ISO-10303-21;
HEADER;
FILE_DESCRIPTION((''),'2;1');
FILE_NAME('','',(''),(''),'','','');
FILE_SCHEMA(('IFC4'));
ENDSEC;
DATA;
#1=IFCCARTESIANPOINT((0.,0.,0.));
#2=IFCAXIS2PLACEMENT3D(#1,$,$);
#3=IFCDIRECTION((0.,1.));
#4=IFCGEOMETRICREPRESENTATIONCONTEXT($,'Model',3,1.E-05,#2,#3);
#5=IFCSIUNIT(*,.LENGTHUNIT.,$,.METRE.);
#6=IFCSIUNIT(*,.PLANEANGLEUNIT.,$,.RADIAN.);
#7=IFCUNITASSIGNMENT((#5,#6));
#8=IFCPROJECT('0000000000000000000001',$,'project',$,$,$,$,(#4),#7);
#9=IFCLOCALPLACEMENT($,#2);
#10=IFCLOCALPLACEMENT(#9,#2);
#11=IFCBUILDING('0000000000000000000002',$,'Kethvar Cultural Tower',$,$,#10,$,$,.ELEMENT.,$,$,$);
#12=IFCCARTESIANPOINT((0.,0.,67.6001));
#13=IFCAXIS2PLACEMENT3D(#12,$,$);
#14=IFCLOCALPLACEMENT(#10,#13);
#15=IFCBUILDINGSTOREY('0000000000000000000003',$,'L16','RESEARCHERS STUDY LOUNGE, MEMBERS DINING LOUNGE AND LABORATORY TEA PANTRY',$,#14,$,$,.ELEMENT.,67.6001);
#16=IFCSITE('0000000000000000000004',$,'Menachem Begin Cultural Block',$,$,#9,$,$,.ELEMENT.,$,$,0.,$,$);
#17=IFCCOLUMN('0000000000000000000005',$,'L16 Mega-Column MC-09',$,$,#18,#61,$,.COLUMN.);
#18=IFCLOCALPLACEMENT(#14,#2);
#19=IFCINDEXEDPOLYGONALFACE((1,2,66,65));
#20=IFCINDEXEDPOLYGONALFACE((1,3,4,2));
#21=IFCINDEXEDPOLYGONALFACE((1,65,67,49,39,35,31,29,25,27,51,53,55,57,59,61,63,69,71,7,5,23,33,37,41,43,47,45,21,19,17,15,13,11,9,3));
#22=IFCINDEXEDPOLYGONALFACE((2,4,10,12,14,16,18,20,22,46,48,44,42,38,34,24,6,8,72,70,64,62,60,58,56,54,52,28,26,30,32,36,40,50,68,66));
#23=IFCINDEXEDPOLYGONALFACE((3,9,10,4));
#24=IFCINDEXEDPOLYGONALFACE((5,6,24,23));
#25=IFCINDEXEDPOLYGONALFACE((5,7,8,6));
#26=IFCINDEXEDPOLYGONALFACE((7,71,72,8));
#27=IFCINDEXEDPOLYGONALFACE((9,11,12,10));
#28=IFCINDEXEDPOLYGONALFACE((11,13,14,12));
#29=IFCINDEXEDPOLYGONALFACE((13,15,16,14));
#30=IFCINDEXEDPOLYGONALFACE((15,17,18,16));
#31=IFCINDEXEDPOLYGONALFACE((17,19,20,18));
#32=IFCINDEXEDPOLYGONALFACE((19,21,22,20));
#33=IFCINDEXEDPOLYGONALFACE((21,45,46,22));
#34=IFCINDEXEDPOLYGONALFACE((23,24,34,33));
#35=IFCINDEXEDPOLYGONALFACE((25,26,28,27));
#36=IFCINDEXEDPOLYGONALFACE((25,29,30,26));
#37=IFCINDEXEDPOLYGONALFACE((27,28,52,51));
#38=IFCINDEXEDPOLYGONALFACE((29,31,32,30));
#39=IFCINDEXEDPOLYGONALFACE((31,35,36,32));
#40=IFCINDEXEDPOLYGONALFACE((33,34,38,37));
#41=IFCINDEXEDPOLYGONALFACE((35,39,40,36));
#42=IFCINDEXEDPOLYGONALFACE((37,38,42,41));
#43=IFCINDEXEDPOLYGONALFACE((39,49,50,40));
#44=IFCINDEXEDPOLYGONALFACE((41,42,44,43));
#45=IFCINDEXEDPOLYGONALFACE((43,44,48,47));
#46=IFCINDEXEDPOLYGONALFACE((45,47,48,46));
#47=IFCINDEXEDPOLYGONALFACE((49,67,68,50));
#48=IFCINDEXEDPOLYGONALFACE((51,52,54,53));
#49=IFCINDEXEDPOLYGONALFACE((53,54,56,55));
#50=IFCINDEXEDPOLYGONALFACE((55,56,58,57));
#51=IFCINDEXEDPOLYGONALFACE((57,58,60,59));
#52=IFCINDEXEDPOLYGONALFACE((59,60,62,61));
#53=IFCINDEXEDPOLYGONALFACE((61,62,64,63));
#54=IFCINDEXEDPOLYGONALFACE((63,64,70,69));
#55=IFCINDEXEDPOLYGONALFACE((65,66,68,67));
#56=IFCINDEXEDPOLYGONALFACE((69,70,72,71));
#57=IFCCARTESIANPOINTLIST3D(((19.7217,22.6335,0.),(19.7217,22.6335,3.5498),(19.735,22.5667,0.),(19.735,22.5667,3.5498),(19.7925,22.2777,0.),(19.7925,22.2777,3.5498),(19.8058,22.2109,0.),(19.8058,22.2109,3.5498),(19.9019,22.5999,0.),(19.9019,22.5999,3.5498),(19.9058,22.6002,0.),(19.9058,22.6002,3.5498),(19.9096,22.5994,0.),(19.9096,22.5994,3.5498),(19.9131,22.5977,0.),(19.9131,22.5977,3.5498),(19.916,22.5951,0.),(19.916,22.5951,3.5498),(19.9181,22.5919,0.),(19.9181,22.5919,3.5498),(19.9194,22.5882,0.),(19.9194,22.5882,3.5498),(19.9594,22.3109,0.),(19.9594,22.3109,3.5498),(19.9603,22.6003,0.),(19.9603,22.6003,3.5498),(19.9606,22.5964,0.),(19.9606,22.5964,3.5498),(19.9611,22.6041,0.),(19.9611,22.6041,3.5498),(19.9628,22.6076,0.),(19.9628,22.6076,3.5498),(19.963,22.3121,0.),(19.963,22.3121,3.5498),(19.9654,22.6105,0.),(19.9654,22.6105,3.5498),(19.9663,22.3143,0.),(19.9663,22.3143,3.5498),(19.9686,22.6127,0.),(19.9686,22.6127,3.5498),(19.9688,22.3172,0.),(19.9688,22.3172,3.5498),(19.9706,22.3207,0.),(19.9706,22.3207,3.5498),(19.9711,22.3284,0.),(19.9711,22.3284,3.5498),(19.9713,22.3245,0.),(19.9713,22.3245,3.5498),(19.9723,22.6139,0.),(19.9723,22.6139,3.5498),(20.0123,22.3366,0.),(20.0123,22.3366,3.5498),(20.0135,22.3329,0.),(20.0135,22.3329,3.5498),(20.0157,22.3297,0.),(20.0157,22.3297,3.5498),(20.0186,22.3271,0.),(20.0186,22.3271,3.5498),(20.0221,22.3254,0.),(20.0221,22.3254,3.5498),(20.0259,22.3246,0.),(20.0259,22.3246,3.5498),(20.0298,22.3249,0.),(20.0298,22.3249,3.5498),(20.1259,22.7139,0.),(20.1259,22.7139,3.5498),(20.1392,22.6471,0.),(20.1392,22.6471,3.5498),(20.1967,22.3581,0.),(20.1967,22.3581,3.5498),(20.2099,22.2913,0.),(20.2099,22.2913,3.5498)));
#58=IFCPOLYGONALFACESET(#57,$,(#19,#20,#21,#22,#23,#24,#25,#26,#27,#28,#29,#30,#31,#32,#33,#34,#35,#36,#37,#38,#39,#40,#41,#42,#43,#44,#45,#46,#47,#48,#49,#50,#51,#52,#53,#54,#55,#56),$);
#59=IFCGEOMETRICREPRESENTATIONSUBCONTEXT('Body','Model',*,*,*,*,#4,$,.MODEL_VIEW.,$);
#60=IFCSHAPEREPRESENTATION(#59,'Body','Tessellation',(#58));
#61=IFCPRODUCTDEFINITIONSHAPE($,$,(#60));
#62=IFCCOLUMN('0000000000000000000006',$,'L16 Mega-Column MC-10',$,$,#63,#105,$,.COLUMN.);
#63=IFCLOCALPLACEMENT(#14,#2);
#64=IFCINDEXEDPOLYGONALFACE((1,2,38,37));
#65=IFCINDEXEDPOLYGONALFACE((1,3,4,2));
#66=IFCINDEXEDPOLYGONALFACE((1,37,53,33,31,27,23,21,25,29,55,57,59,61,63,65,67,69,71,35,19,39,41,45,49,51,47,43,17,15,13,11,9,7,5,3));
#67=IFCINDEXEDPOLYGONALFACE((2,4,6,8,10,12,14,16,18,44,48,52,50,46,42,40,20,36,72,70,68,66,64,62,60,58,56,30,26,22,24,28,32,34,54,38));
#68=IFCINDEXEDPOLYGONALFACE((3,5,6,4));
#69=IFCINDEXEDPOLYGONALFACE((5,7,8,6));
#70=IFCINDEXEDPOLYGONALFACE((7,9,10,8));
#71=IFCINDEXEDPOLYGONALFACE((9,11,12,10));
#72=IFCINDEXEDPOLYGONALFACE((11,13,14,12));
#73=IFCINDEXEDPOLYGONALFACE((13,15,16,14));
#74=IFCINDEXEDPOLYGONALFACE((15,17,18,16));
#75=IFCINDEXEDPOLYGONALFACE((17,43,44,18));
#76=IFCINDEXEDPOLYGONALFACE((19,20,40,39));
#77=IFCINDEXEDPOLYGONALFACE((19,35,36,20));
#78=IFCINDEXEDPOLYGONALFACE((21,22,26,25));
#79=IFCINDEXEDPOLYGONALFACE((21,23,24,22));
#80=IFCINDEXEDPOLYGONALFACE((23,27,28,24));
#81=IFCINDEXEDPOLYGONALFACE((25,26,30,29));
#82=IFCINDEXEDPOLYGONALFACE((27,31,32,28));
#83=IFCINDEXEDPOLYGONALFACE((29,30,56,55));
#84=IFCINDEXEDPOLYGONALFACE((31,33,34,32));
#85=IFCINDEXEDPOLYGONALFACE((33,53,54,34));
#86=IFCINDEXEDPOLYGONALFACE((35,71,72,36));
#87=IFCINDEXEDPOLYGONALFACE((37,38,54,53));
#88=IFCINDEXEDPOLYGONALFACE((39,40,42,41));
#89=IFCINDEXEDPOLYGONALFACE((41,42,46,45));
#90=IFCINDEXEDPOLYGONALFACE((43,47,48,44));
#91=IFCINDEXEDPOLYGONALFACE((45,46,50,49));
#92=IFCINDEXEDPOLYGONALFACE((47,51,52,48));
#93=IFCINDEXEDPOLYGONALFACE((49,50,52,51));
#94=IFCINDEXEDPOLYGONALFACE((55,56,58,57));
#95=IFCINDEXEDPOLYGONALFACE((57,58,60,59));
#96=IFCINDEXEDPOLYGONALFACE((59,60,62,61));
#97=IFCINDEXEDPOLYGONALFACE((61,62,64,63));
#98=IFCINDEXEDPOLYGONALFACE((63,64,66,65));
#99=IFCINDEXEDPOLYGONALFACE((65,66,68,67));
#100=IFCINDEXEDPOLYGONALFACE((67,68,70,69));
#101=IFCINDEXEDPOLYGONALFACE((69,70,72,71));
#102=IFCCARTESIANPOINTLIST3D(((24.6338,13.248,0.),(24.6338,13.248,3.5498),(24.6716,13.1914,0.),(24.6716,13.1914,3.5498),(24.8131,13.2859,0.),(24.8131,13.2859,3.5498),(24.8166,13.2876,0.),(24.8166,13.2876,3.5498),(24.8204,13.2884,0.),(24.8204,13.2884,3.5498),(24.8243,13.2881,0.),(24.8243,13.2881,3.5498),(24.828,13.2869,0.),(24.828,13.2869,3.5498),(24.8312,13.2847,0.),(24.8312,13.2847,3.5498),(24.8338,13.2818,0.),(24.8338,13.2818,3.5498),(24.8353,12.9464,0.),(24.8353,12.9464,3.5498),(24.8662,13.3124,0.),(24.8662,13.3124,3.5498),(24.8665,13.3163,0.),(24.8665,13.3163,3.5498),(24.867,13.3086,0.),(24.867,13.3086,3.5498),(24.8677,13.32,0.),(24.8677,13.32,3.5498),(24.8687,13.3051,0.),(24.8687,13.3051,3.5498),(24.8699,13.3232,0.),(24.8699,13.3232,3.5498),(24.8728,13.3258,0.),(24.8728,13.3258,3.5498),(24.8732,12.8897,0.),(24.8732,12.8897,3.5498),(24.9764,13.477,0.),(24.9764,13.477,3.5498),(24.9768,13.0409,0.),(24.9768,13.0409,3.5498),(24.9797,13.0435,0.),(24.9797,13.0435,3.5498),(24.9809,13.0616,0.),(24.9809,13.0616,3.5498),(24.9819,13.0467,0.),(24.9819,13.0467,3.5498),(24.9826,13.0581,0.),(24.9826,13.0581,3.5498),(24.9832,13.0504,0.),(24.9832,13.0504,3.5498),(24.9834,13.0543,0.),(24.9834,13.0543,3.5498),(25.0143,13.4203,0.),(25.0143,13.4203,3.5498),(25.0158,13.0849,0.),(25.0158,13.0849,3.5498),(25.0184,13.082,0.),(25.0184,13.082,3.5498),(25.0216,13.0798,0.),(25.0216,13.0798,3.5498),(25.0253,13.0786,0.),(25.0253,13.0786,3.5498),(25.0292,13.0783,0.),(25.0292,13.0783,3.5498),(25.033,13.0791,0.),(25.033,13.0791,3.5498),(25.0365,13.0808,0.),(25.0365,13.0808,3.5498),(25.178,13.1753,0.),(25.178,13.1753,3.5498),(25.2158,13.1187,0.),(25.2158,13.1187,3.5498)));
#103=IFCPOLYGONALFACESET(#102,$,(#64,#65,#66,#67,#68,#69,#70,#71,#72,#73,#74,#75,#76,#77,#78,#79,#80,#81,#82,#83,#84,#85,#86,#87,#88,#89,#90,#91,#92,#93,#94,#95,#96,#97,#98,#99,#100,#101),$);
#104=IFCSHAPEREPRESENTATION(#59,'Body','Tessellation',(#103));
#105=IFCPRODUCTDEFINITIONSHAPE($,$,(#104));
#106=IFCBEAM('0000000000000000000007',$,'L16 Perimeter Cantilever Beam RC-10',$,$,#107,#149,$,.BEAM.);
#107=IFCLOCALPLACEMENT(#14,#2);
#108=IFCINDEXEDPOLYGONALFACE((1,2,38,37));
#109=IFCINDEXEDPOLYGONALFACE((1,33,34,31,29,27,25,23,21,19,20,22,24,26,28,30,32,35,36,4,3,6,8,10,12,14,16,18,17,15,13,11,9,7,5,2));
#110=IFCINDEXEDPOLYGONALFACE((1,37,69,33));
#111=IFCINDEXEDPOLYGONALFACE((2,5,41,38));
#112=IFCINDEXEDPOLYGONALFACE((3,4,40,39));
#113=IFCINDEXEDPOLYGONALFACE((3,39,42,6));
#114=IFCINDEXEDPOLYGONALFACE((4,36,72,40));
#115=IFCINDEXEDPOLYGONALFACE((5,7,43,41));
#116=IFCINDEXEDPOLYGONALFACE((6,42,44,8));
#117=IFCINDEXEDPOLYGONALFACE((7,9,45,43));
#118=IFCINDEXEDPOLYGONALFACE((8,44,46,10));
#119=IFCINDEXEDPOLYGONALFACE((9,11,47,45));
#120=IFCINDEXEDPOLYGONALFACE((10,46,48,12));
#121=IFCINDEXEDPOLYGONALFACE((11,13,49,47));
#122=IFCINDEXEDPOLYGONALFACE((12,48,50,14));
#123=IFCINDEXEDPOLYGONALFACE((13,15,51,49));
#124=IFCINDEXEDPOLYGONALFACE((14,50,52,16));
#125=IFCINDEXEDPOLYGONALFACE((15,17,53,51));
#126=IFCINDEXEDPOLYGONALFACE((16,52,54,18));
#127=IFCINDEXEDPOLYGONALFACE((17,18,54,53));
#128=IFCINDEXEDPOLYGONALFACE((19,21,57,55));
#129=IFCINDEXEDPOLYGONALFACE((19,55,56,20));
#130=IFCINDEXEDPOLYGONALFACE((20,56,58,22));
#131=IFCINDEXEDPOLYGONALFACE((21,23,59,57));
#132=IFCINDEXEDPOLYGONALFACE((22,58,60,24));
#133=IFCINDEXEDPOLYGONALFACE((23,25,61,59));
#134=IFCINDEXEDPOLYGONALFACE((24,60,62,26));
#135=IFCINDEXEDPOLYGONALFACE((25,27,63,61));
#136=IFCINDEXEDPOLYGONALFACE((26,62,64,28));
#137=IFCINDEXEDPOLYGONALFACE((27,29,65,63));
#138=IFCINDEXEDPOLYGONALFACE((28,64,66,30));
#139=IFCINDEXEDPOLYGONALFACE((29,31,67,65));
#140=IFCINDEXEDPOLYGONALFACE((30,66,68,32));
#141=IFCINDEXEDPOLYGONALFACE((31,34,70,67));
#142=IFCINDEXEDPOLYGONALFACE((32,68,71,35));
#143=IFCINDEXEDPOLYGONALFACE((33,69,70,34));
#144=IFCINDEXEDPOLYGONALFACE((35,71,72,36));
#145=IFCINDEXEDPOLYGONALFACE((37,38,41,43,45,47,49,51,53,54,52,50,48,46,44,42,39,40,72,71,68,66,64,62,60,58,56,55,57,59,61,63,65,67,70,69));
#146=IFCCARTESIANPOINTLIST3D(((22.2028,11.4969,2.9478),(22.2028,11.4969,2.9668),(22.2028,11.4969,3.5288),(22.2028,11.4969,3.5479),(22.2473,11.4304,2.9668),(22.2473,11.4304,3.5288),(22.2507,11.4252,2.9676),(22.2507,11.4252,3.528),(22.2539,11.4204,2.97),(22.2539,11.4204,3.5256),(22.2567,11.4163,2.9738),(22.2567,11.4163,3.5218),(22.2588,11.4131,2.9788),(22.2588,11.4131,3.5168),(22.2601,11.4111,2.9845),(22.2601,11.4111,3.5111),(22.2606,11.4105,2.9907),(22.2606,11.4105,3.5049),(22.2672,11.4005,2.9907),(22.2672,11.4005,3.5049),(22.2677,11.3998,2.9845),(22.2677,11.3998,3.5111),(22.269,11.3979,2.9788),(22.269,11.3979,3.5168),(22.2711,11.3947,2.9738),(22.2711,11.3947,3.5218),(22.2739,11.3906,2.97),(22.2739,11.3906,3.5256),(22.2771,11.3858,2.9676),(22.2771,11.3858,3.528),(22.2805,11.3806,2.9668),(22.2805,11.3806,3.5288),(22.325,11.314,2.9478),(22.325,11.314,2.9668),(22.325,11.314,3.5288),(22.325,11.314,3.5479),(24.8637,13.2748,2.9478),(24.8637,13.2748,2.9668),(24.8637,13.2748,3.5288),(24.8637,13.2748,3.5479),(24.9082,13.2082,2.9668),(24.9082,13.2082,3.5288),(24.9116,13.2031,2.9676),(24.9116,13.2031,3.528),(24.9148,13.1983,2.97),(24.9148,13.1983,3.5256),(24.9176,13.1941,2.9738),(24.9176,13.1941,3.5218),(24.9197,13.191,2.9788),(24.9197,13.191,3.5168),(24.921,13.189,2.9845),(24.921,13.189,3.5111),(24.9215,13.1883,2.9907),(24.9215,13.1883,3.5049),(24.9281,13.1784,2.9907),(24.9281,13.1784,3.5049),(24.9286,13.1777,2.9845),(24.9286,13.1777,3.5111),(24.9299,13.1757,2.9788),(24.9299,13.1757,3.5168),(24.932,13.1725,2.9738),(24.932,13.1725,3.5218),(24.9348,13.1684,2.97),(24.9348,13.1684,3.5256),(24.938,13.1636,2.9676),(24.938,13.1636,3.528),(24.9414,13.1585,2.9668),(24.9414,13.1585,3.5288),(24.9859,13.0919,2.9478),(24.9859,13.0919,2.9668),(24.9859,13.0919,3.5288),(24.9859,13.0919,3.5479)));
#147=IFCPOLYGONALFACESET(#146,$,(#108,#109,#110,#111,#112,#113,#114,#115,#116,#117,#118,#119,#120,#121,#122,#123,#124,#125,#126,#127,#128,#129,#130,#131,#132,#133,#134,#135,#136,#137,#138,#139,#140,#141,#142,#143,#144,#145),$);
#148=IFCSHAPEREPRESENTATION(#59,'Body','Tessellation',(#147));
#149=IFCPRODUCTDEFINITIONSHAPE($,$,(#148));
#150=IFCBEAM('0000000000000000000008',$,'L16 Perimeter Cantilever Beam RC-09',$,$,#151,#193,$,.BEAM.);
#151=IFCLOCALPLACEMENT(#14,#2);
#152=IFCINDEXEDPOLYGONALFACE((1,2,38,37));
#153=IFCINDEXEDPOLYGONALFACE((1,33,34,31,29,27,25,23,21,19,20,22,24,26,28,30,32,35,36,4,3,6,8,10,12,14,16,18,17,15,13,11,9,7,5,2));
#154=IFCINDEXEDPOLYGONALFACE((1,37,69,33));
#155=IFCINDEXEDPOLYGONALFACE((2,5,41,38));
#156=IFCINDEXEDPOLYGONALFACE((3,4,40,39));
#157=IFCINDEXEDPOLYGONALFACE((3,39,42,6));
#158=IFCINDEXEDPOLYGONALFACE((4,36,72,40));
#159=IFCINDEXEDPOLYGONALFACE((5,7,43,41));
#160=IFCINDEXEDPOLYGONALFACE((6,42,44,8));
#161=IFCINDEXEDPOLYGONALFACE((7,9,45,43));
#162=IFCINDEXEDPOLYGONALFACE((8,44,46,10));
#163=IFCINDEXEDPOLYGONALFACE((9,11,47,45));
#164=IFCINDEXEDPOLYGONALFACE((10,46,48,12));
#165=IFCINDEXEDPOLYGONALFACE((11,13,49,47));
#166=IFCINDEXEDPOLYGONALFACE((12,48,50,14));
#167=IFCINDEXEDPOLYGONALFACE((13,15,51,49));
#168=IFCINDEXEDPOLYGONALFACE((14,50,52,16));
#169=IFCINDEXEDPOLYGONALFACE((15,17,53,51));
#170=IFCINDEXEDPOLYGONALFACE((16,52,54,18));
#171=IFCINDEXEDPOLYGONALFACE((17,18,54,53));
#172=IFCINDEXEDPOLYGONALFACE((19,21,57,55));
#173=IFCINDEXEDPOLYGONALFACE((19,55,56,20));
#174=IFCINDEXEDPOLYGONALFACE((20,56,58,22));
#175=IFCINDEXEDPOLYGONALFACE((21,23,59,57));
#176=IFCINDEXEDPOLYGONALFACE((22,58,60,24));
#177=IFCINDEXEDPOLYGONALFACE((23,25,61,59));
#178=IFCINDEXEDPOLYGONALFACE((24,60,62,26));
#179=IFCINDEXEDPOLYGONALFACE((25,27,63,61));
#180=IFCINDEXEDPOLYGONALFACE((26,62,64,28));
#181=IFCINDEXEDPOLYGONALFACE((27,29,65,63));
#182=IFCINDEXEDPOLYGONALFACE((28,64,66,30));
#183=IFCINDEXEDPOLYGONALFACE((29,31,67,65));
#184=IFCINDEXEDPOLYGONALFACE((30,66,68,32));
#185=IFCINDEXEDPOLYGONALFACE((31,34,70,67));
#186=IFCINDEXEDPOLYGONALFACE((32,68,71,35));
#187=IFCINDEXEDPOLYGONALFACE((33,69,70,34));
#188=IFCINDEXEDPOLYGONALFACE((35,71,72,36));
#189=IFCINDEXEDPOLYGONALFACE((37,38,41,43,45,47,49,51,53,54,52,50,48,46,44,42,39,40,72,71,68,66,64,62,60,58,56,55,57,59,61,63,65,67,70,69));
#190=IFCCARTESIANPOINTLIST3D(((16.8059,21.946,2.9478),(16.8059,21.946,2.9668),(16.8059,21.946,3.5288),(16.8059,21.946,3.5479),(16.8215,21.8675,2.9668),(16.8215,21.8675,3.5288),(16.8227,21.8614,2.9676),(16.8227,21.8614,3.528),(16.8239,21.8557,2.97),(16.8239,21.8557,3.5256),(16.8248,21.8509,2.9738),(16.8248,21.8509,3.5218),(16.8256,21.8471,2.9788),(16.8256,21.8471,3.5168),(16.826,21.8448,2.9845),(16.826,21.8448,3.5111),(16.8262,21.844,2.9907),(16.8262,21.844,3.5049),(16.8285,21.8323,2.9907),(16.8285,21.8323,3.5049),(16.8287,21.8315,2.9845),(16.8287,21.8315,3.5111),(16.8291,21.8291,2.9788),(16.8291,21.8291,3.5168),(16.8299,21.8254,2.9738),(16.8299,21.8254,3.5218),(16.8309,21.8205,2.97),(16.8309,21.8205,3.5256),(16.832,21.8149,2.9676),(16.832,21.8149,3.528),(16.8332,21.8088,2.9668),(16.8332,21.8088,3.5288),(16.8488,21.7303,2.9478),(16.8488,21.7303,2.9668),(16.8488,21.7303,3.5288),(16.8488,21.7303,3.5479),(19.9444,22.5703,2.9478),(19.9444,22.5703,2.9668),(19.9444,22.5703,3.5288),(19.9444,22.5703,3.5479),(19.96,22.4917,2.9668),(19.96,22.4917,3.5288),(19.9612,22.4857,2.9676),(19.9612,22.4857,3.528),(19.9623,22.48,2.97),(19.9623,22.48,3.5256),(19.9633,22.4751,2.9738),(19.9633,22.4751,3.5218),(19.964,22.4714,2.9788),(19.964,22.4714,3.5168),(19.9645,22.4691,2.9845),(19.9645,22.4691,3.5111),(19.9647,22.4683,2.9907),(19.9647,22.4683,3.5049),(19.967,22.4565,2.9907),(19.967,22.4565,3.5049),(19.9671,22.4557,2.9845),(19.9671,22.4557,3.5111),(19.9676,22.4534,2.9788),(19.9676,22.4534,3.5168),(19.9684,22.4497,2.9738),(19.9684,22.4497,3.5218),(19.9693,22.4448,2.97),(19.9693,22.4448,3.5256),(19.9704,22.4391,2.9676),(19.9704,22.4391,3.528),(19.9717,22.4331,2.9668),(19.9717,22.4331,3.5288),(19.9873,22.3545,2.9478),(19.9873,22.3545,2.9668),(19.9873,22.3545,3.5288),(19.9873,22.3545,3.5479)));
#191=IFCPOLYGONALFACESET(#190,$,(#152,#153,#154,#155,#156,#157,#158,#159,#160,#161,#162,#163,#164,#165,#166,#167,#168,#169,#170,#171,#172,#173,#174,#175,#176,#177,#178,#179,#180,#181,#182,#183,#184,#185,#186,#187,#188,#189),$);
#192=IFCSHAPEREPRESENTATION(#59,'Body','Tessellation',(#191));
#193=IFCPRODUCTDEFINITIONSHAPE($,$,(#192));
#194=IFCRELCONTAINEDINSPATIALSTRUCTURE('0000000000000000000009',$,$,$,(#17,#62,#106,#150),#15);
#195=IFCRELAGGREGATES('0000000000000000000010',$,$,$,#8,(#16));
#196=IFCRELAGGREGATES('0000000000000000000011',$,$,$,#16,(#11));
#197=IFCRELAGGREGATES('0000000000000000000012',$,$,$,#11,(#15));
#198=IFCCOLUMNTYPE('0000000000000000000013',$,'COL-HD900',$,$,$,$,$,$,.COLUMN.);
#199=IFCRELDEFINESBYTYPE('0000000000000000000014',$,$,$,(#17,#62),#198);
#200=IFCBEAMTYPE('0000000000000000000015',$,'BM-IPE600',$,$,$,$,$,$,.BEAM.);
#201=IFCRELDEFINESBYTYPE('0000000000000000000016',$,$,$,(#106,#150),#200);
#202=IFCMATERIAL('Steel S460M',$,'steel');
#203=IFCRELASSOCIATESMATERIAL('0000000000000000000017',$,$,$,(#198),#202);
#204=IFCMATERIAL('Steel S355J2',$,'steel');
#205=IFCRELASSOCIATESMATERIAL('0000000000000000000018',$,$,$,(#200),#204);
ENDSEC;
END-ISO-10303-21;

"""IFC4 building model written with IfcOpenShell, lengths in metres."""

from ifc_helpers import new_model, si_unit, direction, frame, origin, origin_2d, place, context, subcontext, project, spatial, i_section, extrude, source, transform, mapped, material, material_profile, profile_set, type_object, element, save


model = new_model("IFC4")

# Units and contexts
model_context = context("Model", 3, precision=1e-05, world=origin(), true_north=direction((0.0, 1.0)))
body_context = subcontext(model_context, "Body", "Model", "MODEL_VIEW")
ifc_project = project(units=[si_unit("LENGTHUNIT", "METRE"), si_unit("PLANEANGLEUNIT", "RADIAN")], contexts=[model_context])

# Site, building, storey
site_placement = place(None, origin())
site = spatial("IfcSite", under=ifc_project, at=site_placement, Name="Menachem Begin Cultural Block", CompositionType="ELEMENT", RefElevation=0.0)
building_placement = place(site_placement, origin())
building = spatial("IfcBuilding", under=site, at=building_placement, Name="Kethvar Cultural Tower", CompositionType="ELEMENT")
storey_placement = place(building_placement, frame((0.0, 0.0, 67.6001)))
storey = spatial("IfcBuildingStorey", under=building, at=storey_placement, Name="L16", Description="RESEARCHERS STUDY LOUNGE, MEMBERS DINING LOUNGE AND LABORATORY TEA PANTRY", CompositionType="ELEMENT", Elevation=67.6001)

# Columns
ifc_material_1 = material(Name="Steel S460M", Category="steel")
ifc_material_profile_1 = material_profile(ifc_material_1, i_section(OverallWidth=0.4121, OverallDepth=0.4309, WebThickness=0.042, FlangeThickness=0.0681, FilletRadius=0.0149, at=origin_2d()), Name="Steel S460M — HD400x900")
ifc_profile_set_1 = profile_set([ifc_material_profile_1], Name="Steel S460M — HD400x900")
column_type = type_object("IfcColumnType", Name="COL-HD900", PredefinedType="COLUMN", material=ifc_profile_set_1)
shared_shape_1 = source(origin(), body_context, "Body", "SweptSolid", [
    extrude(i_section(OverallWidth=0.4121, OverallDepth=0.4309, WebThickness=0.042, FlangeThickness=0.0681, FilletRadius=0.0149, at=origin_2d()), origin(), (0.0, 0.0, 1.0), 3.5498),
])
for number, where, z_axis, x_axis, name in (
    (1, (19.9658, 22.4624, 0.0), (0.0, 0.0, 1.0), (-0.980785, -0.19509, 0.0), "L16 Mega-Column MC-09"),
    (2, (24.9248, 13.1833, 0.0), (0.0, 0.0, 1.0), (-0.83147, -0.55557, 0.0), "L16 Mega-Column MC-10"),
):
    element("IfcColumn", number, at=place(storey_placement, frame(where, z_axis=z_axis, x_axis=x_axis)), inside=storey, type_object=column_type, Name=name, PredefinedType="COLUMN", context=body_context, shape_type="MappedRepresentation", body=[
        mapped(shared_shape_1, transform((0.0, 0.0, 0.0), scale=1.0)),
    ])

# Beams
ifc_material_2 = material(Name="Steel S355J2", Category="steel")
ifc_material_profile_2 = material_profile(ifc_material_2, i_section(OverallWidth=0.22, OverallDepth=0.6001, WebThickness=0.012, FlangeThickness=0.019, FilletRadius=0.0239, at=origin_2d()), Name="Steel S355J2 — IPE600")
ifc_profile_set_2 = profile_set([ifc_material_profile_2], Name="Steel S355J2 — IPE600")
beam_type_1 = type_object("IfcBeamType", Name="BM-IPE600", PredefinedType="BEAM", material=ifc_profile_set_2)
shared_shape_2 = source(origin(), body_context, "Body", "SweptSolid", [
    extrude(i_section(OverallWidth=0.22, OverallDepth=0.6001, WebThickness=0.012, FlangeThickness=0.019, FilletRadius=0.0239, at=origin_2d()), origin(), (0.0, 0.0, 1.0), 3.2002),
])
beam_1_placement = place(storey_placement, frame((24.9248, 13.1833, 3.2478), z_axis=(-0.831486, -0.555545, 0.0), x_axis=(0.555545, -0.831486, 0.0)))
element("IfcBeam", 3, at=beam_1_placement, inside=storey, type_object=beam_type_1, Name="L16 Perimeter Cantilever Beam RC-10", PredefinedType="BEAM", context=body_context, shape_type="MappedRepresentation", body=[
    mapped(shared_shape_2, transform((0.0, 0.0, 0.0), scale=1.0)),
])
shared_shape_3 = source(origin(), body_context, "Body", "SweptSolid", [
    extrude(i_section(OverallWidth=0.22, OverallDepth=0.6001, WebThickness=0.012, FlangeThickness=0.019, FilletRadius=0.0239, at=origin_2d()), origin(), (0.0, 0.0, 1.0), 3.2),
])
beam_2_placement = place(storey_placement, frame((19.9658, 22.4624, 3.2478), z_axis=(-0.980786, -0.195089, 0.0), x_axis=(0.195089, -0.980786, 0.0)))
element("IfcBeam", 4, at=beam_2_placement, inside=storey, type_object=beam_type_1, Name="L16 Perimeter Cantilever Beam RC-09", PredefinedType="BEAM", context=body_context, shape_type="MappedRepresentation", body=[
    mapped(shared_shape_3, transform((0.0, 0.0, 0.0), scale=1.0)),
])

save(model, "model.ifc")
